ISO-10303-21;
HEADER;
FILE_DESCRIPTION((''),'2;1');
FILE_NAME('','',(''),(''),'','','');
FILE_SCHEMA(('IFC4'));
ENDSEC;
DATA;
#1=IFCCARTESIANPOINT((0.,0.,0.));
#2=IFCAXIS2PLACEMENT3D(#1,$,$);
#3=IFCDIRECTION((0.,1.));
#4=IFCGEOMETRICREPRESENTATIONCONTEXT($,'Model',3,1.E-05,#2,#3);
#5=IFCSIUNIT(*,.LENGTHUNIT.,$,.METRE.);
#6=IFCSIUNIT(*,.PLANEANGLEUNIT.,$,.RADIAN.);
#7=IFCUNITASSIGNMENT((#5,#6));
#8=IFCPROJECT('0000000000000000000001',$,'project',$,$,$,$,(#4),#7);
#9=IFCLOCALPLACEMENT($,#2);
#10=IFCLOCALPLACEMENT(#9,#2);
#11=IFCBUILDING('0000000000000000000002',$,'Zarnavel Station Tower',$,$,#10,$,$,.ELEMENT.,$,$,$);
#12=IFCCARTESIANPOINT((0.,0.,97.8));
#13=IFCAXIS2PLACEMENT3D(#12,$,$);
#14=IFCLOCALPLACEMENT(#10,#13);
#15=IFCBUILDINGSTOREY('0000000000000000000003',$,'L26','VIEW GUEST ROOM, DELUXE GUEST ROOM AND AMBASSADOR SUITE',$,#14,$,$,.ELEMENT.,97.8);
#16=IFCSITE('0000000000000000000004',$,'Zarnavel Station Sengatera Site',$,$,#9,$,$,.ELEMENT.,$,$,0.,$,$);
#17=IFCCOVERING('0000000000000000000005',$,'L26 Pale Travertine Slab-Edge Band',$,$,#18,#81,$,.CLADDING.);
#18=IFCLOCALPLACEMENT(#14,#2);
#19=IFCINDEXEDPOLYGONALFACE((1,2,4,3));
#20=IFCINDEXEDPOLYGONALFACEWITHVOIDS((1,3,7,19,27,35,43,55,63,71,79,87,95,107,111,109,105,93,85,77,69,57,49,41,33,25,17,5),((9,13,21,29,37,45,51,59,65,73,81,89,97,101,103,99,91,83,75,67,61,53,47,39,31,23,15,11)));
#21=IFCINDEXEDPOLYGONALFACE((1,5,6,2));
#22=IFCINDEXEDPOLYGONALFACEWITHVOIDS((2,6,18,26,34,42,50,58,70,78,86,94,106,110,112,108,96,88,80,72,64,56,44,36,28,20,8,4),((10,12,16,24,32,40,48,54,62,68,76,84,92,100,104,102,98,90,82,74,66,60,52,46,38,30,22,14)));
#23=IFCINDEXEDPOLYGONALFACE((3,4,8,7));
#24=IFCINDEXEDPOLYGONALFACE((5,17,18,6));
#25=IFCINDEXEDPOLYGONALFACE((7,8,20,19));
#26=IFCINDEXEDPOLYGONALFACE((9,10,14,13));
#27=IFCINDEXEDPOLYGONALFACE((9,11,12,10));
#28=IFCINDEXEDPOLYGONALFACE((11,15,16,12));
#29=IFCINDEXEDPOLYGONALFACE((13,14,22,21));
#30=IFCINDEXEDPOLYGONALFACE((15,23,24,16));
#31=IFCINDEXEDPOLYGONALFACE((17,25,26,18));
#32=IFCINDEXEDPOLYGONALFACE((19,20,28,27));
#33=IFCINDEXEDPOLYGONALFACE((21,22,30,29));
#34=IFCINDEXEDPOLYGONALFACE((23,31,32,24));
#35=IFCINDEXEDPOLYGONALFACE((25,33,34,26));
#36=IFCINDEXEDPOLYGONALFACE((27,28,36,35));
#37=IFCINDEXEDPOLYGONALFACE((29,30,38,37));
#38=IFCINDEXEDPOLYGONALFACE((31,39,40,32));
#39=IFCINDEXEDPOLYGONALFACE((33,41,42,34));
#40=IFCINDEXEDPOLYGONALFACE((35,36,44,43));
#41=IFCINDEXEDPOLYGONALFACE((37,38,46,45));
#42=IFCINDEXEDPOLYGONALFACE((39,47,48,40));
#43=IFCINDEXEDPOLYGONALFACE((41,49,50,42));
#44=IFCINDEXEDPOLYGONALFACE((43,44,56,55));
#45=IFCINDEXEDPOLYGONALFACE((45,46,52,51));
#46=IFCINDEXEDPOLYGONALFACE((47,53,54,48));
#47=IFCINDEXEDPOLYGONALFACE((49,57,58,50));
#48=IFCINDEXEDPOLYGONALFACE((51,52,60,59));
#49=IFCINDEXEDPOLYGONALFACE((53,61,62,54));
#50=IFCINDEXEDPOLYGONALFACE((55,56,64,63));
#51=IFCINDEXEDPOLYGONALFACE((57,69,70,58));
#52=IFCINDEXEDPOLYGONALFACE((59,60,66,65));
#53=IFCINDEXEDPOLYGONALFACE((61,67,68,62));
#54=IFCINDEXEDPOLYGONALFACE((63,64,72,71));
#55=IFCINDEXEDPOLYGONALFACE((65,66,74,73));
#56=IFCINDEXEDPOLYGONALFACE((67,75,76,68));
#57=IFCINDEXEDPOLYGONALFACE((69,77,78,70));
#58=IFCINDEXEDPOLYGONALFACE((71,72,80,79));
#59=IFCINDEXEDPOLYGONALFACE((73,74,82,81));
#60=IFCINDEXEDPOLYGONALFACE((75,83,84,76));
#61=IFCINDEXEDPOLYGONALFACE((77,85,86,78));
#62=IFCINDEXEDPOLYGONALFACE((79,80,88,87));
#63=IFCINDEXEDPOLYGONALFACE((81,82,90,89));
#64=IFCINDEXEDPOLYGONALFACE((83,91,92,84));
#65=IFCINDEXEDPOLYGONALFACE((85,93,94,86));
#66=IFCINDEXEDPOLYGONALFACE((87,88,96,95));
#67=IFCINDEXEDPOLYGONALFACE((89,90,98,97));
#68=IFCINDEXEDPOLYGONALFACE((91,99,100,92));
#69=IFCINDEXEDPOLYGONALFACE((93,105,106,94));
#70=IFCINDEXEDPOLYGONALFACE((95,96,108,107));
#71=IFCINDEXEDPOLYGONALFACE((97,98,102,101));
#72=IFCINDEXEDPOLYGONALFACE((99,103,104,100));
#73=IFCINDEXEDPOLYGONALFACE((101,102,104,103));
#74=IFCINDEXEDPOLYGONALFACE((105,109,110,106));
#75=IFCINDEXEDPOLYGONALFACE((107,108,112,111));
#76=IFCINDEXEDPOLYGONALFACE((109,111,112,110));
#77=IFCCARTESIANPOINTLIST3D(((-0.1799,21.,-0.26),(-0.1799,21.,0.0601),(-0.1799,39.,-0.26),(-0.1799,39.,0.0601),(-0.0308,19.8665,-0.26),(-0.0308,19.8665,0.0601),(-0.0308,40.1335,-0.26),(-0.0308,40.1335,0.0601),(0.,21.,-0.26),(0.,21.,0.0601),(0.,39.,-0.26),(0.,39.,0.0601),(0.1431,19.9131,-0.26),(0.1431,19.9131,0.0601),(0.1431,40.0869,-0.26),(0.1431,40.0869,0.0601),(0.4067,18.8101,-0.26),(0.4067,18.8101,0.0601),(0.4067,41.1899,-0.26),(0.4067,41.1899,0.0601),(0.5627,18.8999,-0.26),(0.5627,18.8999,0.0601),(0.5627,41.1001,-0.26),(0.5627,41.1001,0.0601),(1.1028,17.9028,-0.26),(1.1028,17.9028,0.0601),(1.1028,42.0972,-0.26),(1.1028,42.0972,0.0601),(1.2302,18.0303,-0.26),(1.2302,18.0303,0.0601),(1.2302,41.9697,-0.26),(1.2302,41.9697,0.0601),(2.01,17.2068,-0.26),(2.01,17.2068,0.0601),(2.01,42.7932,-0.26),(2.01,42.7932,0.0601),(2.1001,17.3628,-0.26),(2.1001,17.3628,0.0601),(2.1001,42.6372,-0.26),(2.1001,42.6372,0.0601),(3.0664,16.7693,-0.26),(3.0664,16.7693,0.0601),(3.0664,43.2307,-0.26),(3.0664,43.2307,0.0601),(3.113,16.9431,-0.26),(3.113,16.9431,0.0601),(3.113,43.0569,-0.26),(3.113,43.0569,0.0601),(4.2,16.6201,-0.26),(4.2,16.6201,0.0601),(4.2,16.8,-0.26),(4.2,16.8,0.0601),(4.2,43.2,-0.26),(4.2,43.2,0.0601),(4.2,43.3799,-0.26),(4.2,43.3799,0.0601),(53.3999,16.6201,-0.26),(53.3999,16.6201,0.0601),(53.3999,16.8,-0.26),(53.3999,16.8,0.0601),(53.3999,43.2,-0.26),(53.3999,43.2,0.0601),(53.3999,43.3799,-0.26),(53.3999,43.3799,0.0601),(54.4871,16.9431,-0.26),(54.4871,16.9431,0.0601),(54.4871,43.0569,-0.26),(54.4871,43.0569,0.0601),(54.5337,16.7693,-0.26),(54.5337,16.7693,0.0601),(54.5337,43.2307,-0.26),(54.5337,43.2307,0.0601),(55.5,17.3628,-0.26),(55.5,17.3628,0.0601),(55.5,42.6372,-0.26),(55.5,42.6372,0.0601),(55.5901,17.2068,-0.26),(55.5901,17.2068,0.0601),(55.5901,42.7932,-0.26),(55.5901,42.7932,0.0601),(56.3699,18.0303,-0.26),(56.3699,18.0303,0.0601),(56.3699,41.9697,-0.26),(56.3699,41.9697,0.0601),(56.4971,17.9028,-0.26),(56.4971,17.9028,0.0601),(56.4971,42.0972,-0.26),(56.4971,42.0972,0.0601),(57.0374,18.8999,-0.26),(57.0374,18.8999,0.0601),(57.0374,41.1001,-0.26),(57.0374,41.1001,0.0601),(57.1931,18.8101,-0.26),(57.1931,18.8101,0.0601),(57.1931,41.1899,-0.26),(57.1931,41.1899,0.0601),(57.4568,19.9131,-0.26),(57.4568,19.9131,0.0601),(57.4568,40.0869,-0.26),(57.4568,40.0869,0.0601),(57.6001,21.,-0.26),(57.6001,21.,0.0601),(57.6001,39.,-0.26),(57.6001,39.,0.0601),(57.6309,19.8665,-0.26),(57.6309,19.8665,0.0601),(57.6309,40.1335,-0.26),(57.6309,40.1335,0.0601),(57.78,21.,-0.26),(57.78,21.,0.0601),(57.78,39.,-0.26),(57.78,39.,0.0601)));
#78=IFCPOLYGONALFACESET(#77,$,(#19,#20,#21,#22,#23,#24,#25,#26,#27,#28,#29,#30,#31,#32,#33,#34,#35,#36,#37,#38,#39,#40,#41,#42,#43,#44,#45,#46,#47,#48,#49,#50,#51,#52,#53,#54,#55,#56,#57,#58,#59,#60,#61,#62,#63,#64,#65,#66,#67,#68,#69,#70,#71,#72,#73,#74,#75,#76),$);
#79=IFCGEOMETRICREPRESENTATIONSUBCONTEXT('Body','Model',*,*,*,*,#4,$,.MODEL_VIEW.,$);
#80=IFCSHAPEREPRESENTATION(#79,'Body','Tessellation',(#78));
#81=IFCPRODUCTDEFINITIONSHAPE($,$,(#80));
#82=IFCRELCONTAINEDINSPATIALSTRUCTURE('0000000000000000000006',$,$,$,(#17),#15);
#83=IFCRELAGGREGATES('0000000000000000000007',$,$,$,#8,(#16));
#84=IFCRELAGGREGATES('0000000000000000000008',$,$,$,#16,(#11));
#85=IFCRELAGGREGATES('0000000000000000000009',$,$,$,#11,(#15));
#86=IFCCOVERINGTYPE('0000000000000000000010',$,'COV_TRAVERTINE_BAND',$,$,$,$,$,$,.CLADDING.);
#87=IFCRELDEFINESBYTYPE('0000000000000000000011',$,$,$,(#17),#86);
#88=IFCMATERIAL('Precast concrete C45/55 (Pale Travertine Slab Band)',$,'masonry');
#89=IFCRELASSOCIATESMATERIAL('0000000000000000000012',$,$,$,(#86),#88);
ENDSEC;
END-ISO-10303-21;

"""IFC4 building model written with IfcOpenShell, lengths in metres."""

from ifc_helpers import new_model, si_unit, direction, frame, origin, place, context, subcontext, project, spatial, polyline, outline, extrude, material, type_object, element, save


model = new_model("IFC4")

# Units and contexts
model_context = context("Model", 3, precision=1e-05, world=origin(), true_north=direction((0.0, 1.0)))
body_context = subcontext(model_context, "Body", "Model", "MODEL_VIEW")
ifc_project = project(units=[si_unit("LENGTHUNIT", "METRE"), si_unit("PLANEANGLEUNIT", "RADIAN")], contexts=[model_context])

# Site, building, storey
site_placement = place(None, origin())
site = spatial("IfcSite", under=ifc_project, at=site_placement, Name="Zarnavel Station Sengatera Site", CompositionType="ELEMENT", RefElevation=0.0)
building_placement = place(site_placement, origin())
building = spatial("IfcBuilding", under=site, at=building_placement, Name="Zarnavel Station Tower", CompositionType="ELEMENT")
storey_placement = place(building_placement, frame((0.0, 0.0, 97.8)))
storey = spatial("IfcBuildingStorey", under=building, at=storey_placement, Name="L26", Description="VIEW GUEST ROOM, DELUXE GUEST ROOM AND AMBASSADOR SUITE", CompositionType="ELEMENT", Elevation=97.8)

# Covering
ifc_material_1 = material(Name="Precast concrete C45/55 (Pale Travertine Slab Band)", Category="masonry")
covering_type_1 = type_object("IfcCoveringType", Name="COV_TRAVERTINE_BAND", PredefinedType="CLADDING", material=ifc_material_1)
covering_1_placement = place(storey_placement, frame((0.0, 0.0, -0.26)))
element("IfcCovering", 1, at=covering_1_placement, inside=storey, type_object=covering_type_1, Name="L26 Pale Travertine Slab-Edge Band", PredefinedType="CLADDING", context=body_context, shape_type="SweptSolid", body=[
    extrude(outline(polyline([(53.3999, 16.6201), (54.5337, 16.7693), (55.5901, 17.2068), (56.4971, 17.9028), (57.1931, 18.8101), (57.6309, 19.8665), (57.78, 21.0), (57.78, 39.0), (57.6309, 40.1335), (57.1931, 41.1899), (56.4971, 42.0972), (55.5901, 42.7932), (54.5337, 43.2307), (53.3999, 43.3799), (4.2, 43.3799), (3.0664, 43.2307), (2.01, 42.7932), (1.1028, 42.0972), (0.4067, 41.1899), (-0.0308, 40.1335), (-0.1799, 39.0), (-0.1799, 21.0), (-0.0308, 19.8665), (0.4067, 18.8101), (1.1028, 17.9028), (2.01, 17.2068), (3.0664, 16.7693), (4.2, 16.6201), (53.3999, 16.6201)]), holes=[polyline([(53.3999, 16.8), (54.4871, 16.9431), (55.5, 17.3628), (56.3699, 18.0303), (57.0374, 18.8999), (57.4568, 19.9131), (57.6001, 21.0), (57.6001, 39.0), (57.4568, 40.0869), (57.0374, 41.1001), (56.3699, 41.9697), (55.5, 42.6372), (54.4871, 43.0569), (53.3999, 43.2), (4.2, 43.2), (3.113, 43.0569), (2.1001, 42.6372), (1.2302, 41.9697), (0.5627, 41.1001), (0.1431, 40.0869), (0.0, 39.0), (0.0, 21.0), (0.1431, 19.9131), (0.5627, 18.8999), (1.2302, 18.0303), (2.1001, 17.3628), (3.113, 16.9431), (4.2, 16.8), (53.3999, 16.8)])]), origin(), (0.0, 0.0, 1.0), 0.3201),
])

save(model, "model.ifc")
